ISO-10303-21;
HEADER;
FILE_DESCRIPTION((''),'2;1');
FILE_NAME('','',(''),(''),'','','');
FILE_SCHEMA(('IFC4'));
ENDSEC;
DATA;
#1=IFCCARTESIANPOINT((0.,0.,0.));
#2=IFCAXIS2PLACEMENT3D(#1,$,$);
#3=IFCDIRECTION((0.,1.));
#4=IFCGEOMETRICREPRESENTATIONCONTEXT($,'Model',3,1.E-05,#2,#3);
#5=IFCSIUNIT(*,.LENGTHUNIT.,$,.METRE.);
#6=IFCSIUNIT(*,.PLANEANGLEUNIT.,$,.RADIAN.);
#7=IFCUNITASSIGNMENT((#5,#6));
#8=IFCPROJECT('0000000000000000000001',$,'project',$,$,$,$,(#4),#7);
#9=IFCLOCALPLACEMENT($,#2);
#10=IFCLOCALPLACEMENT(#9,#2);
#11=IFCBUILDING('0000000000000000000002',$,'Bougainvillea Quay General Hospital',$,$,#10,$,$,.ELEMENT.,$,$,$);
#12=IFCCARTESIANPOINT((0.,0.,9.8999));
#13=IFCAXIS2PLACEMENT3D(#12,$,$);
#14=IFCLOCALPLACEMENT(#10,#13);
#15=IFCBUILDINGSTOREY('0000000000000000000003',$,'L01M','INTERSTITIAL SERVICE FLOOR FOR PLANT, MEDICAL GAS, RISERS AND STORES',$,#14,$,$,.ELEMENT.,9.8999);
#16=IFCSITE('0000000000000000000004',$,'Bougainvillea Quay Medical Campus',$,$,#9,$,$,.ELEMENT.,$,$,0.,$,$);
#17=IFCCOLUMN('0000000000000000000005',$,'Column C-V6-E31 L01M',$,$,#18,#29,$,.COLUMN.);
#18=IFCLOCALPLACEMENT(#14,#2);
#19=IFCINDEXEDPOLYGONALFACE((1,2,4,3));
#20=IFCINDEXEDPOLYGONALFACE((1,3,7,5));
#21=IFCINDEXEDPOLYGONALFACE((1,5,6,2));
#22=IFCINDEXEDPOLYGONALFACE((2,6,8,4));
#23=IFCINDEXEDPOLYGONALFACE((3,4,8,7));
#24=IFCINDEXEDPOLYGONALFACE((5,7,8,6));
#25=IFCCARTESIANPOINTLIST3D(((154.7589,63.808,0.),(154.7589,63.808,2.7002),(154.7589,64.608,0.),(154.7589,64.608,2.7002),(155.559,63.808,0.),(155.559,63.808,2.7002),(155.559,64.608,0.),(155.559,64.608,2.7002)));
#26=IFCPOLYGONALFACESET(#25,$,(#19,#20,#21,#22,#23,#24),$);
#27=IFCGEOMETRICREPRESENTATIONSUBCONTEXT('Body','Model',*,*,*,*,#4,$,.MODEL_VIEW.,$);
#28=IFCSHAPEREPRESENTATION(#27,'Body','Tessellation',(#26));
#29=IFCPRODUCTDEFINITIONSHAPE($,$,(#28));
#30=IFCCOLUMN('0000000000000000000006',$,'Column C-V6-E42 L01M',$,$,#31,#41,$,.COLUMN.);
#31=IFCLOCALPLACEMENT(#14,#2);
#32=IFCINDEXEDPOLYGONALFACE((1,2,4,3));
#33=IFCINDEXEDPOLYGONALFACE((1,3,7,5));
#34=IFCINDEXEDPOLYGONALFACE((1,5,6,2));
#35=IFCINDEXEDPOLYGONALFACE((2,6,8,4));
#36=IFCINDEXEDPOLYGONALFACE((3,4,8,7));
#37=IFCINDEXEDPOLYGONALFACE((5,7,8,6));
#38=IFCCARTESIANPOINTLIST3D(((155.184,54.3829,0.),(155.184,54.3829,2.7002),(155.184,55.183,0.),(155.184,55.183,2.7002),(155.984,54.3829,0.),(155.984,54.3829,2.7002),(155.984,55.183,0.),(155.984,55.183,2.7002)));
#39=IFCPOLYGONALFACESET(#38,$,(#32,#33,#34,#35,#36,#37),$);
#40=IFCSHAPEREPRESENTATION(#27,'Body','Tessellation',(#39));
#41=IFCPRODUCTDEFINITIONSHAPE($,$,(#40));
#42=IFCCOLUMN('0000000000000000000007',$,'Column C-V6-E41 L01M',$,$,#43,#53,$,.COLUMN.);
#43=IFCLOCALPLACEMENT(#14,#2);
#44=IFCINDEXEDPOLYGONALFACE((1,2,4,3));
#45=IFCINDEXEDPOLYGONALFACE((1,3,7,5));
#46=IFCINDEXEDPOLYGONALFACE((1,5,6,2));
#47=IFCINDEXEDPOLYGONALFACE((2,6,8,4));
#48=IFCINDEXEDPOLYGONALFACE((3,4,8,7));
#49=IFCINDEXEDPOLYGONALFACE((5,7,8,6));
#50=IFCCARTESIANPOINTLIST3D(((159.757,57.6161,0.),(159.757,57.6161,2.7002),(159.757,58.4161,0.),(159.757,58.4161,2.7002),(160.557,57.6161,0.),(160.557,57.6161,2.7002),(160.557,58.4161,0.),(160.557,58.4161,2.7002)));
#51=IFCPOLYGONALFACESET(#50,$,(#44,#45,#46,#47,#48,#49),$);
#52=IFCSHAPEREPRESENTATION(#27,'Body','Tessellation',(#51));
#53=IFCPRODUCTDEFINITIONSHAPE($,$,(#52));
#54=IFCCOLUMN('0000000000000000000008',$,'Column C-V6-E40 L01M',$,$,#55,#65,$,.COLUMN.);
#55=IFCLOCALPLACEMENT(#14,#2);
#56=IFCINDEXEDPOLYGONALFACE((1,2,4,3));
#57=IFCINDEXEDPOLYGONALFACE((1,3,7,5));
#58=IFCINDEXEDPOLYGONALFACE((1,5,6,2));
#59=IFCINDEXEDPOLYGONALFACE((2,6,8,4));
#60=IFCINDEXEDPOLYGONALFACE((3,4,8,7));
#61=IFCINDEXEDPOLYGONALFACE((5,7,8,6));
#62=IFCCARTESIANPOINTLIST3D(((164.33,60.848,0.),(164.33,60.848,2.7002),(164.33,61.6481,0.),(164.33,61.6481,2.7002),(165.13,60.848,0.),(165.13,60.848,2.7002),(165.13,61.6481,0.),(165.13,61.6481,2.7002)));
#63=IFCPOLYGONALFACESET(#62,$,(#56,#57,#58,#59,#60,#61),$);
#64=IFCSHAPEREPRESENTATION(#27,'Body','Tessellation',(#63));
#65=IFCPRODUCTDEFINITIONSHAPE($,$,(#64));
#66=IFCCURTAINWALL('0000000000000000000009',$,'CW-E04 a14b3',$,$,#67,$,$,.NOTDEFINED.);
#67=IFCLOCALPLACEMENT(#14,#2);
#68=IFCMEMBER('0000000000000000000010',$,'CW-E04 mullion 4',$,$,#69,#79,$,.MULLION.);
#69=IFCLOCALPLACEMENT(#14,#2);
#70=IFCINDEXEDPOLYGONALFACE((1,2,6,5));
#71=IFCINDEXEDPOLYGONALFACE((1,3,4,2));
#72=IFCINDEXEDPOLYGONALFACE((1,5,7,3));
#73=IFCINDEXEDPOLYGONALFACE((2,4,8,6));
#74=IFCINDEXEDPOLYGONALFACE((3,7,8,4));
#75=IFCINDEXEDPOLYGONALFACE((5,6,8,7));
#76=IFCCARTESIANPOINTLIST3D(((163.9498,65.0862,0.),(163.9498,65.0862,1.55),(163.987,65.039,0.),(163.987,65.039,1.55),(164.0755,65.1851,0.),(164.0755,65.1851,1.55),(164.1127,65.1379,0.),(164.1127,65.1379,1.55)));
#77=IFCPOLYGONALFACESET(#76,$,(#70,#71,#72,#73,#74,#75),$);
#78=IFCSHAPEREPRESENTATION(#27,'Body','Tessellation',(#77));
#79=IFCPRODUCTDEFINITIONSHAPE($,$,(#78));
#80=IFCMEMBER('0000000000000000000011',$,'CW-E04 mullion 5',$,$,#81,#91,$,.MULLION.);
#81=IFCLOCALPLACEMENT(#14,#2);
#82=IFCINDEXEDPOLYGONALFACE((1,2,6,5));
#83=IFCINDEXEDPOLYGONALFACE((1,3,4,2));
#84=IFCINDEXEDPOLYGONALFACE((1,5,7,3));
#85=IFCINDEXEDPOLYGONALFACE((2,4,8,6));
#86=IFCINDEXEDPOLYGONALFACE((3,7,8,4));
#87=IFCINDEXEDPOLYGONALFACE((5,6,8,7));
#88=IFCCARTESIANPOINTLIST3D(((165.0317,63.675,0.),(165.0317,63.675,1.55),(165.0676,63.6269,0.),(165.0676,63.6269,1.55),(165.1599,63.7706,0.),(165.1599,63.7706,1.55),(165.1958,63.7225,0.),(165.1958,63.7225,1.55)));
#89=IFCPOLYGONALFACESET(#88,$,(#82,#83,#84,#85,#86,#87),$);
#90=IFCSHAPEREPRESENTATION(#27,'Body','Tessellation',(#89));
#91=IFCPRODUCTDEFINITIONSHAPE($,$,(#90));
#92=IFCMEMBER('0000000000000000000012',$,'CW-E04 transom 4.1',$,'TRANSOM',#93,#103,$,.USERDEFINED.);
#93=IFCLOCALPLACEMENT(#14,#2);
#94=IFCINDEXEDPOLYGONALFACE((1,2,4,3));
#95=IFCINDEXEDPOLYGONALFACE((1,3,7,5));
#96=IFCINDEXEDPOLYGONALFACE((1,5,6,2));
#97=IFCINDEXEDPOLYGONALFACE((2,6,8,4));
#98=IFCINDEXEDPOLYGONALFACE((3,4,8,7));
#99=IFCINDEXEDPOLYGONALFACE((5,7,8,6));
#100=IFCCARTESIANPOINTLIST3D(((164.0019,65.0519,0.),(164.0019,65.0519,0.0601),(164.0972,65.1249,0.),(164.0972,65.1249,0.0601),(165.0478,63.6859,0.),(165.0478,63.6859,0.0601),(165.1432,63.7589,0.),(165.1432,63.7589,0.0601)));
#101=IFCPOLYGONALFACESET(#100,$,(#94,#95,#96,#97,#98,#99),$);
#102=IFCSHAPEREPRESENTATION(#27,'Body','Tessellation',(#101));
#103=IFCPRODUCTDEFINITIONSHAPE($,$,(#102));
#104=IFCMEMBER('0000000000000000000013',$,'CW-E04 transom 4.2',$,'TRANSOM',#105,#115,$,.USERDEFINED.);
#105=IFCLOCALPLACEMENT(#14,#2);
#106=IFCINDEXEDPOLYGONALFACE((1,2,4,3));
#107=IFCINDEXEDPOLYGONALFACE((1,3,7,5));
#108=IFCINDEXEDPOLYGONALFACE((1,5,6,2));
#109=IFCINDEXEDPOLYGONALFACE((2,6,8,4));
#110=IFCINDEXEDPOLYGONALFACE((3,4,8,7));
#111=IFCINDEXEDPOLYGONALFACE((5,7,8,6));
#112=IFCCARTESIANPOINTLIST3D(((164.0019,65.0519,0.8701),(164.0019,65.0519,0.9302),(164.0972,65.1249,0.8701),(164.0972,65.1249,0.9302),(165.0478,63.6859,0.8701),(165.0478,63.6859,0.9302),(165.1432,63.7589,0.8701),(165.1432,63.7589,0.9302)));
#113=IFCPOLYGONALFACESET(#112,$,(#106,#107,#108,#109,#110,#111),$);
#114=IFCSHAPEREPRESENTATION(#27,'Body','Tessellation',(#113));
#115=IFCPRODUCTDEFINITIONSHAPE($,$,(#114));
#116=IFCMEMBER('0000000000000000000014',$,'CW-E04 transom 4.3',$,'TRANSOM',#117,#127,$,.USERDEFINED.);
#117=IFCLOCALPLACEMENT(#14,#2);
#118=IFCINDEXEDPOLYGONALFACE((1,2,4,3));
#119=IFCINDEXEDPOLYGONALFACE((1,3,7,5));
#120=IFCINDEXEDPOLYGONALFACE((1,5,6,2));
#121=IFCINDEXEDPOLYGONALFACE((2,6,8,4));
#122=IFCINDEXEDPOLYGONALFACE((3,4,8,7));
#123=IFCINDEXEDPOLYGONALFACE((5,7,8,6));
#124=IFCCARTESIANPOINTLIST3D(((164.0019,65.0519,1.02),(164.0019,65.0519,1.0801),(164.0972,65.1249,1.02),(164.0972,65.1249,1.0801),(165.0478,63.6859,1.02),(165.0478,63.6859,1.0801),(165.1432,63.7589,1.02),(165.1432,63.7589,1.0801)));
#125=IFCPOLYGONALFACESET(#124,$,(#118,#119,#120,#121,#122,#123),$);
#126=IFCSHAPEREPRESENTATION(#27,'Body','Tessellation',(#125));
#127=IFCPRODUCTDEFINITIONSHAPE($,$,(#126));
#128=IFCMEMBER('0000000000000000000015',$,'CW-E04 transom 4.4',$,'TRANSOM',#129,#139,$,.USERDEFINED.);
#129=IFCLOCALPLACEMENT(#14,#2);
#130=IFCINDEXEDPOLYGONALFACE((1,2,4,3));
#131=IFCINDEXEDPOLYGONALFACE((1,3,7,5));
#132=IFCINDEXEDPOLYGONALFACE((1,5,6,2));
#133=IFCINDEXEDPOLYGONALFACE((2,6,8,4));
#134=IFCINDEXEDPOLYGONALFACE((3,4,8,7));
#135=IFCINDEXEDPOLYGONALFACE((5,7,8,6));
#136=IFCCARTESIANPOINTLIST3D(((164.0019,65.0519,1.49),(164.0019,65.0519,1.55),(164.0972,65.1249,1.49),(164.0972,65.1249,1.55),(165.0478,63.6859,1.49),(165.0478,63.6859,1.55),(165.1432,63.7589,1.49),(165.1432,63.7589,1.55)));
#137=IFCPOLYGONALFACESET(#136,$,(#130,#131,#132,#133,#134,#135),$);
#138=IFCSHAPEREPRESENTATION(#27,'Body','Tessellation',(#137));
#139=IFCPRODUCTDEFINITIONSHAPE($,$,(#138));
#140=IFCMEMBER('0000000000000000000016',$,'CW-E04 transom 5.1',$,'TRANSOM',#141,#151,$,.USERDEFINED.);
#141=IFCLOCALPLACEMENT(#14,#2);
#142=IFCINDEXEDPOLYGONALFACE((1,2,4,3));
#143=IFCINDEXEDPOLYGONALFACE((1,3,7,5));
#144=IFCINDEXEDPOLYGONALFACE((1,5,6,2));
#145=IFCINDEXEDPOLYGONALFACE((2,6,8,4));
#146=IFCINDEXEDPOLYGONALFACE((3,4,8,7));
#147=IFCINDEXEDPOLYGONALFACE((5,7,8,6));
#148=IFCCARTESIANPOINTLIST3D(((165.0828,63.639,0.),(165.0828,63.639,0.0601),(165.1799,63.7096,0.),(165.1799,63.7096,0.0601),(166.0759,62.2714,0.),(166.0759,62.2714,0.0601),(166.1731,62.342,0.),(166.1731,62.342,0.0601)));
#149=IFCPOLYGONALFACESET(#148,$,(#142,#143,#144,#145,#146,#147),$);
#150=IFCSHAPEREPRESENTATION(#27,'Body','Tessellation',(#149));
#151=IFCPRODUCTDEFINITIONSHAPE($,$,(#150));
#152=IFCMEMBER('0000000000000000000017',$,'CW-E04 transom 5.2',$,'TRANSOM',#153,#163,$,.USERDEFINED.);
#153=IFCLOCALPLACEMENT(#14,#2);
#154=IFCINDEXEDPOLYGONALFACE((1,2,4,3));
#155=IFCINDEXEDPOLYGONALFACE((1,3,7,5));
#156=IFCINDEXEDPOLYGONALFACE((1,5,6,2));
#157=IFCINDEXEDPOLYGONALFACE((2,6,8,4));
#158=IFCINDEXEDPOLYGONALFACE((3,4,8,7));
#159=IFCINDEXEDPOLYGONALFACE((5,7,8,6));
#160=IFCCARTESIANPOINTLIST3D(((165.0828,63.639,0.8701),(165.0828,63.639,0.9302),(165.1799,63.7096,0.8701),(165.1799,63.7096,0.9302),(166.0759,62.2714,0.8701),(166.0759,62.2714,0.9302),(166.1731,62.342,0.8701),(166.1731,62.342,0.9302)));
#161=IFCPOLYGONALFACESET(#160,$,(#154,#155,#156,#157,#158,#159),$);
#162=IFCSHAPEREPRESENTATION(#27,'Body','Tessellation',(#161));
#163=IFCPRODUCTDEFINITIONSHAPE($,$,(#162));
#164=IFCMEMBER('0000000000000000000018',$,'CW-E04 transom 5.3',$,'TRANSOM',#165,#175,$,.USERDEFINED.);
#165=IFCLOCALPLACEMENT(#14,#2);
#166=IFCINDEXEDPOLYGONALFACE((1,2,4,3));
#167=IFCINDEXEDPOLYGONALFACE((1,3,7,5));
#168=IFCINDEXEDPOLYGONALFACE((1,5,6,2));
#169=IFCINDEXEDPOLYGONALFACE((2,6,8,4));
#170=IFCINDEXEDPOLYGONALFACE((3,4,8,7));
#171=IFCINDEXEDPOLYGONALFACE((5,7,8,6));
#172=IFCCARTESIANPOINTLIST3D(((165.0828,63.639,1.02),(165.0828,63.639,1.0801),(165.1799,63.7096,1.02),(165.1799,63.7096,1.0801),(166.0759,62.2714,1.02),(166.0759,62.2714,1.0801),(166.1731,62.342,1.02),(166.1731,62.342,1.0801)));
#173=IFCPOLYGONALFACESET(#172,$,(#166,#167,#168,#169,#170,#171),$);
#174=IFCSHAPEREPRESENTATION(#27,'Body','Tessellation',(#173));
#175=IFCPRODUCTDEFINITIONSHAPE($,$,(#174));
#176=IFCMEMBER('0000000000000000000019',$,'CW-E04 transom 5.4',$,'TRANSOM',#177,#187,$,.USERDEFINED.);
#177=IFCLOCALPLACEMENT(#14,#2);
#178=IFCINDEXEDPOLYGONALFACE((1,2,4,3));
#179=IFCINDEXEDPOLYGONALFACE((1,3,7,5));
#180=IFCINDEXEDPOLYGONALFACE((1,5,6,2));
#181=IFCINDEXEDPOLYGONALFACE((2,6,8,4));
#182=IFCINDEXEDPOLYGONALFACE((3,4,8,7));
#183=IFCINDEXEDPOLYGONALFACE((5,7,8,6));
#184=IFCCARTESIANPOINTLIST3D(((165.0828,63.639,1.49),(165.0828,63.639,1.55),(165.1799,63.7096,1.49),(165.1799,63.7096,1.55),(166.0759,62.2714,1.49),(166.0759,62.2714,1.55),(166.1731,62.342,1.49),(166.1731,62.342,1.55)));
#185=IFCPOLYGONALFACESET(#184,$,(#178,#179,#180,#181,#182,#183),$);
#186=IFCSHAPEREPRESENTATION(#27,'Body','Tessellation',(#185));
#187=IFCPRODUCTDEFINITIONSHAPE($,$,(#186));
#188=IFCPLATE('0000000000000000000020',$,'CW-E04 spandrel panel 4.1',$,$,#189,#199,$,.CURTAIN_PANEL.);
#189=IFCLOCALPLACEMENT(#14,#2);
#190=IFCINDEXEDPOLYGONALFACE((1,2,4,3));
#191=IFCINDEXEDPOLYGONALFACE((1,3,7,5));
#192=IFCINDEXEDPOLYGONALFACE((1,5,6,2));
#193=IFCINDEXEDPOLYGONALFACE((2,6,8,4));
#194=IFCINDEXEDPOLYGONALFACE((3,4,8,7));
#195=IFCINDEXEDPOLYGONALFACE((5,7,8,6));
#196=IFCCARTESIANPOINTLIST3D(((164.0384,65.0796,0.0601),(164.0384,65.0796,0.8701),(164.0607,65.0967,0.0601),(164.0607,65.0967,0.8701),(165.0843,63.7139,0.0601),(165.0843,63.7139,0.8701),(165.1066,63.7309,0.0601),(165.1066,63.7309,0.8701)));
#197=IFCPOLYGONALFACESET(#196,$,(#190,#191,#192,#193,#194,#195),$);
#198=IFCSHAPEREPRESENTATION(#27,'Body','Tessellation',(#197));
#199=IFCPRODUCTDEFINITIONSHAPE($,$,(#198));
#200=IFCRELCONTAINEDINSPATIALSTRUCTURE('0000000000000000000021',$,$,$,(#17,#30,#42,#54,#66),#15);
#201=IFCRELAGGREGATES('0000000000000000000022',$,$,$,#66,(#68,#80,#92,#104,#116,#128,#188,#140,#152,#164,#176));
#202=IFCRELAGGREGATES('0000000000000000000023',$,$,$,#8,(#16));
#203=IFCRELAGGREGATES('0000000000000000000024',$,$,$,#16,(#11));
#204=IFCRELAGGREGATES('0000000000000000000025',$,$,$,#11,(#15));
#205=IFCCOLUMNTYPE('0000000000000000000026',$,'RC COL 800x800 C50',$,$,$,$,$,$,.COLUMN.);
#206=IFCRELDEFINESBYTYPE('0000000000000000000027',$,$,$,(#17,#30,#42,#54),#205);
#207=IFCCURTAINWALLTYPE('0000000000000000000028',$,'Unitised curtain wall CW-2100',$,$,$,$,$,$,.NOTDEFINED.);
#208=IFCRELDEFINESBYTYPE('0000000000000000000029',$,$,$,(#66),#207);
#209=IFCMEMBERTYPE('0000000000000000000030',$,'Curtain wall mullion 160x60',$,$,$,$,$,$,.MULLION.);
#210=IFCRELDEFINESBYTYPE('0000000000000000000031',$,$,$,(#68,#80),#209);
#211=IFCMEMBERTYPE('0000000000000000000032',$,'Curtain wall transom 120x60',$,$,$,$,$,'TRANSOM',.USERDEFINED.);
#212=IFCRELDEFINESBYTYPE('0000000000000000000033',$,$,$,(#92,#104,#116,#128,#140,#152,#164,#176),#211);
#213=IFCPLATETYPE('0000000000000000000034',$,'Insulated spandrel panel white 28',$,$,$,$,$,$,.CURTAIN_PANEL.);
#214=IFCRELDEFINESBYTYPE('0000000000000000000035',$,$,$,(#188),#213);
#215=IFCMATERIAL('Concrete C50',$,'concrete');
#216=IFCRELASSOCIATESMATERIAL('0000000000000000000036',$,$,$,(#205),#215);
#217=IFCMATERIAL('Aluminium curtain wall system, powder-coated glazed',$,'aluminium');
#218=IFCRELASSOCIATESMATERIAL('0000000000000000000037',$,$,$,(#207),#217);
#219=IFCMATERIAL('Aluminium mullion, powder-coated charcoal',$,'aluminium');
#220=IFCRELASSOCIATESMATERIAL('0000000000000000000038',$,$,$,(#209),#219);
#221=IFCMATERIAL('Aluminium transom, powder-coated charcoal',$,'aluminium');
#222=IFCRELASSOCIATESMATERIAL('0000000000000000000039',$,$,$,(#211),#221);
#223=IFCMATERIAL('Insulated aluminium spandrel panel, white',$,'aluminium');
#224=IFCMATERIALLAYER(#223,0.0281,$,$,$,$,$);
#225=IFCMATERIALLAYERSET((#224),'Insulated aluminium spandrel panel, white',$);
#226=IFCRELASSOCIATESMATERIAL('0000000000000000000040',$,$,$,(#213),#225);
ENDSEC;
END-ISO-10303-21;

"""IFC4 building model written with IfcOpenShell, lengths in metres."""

from ifc_helpers import new_model, si_unit, direction, frame, origin, origin_2d, place, context, subcontext, project, spatial, rectangle, extrude, material, layer, layer_set, material_profile, profile_set, type_object, element, aggregate, save


model = new_model("IFC4")

# Units and contexts
model_context = context("Model", 3, precision=1e-05, world=origin(), true_north=direction((0.0, 1.0)))
body_context = subcontext(model_context, "Body", "Model", "MODEL_VIEW")
ifc_project = project(units=[si_unit("LENGTHUNIT", "METRE"), si_unit("PLANEANGLEUNIT", "RADIAN")], contexts=[model_context])

# Site, building, storey
site_placement = place(None, origin())
site = spatial("IfcSite", under=ifc_project, at=site_placement, Name="Bougainvillea Quay Medical Campus", CompositionType="ELEMENT", RefElevation=0.0)
building_placement = place(site_placement, origin())
building = spatial("IfcBuilding", under=site, at=building_placement, Name="Bougainvillea Quay General Hospital", CompositionType="ELEMENT")
storey_placement = place(building_placement, frame((0.0, 0.0, 9.8999)))
storey = spatial("IfcBuildingStorey", under=building, at=storey_placement, Name="L01M", Description="INTERSTITIAL SERVICE FLOOR FOR PLANT, MEDICAL GAS, RISERS AND STORES", CompositionType="ELEMENT", Elevation=9.8999)

# Columns
ifc_material_1 = material(Name="Concrete C50", Category="concrete")
ifc_material_profile_1 = material_profile(ifc_material_1, rectangle(XDim=0.8, YDim=0.8, at=origin_2d()))
ifc_profile_set_1 = profile_set([ifc_material_profile_1], Name="Concrete C50")
column_type = type_object("IfcColumnType", Name="RC COL 800x800 C50", PredefinedType="COLUMN", material=ifc_profile_set_1)
for number, where, z_axis, x_axis, name in (
    (1, (155.1589, 64.208, 0.0), (0.0, 0.0, 1.0), (1.0, 0.0, 0.0), "Column C-V6-E31 L01M"),
    (2, (155.584, 54.783, 0.0), (0.0, 0.0, 1.0), (1.0, 0.0, 0.0), "Column C-V6-E42 L01M"),
    (3, (160.157, 58.0161, 0.0), (0.0, 0.0, 1.0), (1.0, 0.0, 0.0), "Column C-V6-E41 L01M"),
    (4, (164.73, 61.248, 0.0), (0.0, 0.0, 1.0), (1.0, 0.0, 0.0), "Column C-V6-E40 L01M"),
):
    element("IfcColumn", number, at=place(storey_placement, frame(where, z_axis=z_axis, x_axis=x_axis)), inside=storey, type_object=column_type, Name=name, PredefinedType="COLUMN", context=body_context, shape_type="SweptSolid", body=[
        extrude(rectangle(XDim=0.8, YDim=0.8, at=origin_2d()), origin(), (0.0, 0.0, 1.0), 2.7002),
    ])

# Curtain wall, members, plate
ifc_material_2 = material(Name="Aluminium curtain wall system, powder-coated glazed", Category="aluminium")
curtain_wall_type = type_object("IfcCurtainWallType", Name="Unitised curtain wall CW-2100", PredefinedType="NOTDEFINED", material=ifc_material_2)
curtain_wall_placement = place(storey_placement, origin())
curtain_wall = element("IfcCurtainWall", 5, at=curtain_wall_placement, inside=storey, type_object=curtain_wall_type, Name="CW-E04 a14b3", PredefinedType="NOTDEFINED")
ifc_material_3 = material(Name="Aluminium mullion, powder-coated charcoal", Category="aluminium")
ifc_material_profile_2 = material_profile(ifc_material_3, rectangle(XDim=0.1599, YDim=0.0601, at=origin_2d()))
ifc_profile_set_2 = profile_set([ifc_material_profile_2], Name="Aluminium mullion, powder-coated charcoal")
member_type_1 = type_object("IfcMemberType", Name="Curtain wall mullion 160x60", PredefinedType="MULLION", material=ifc_profile_set_2)
member_1_placement = place(storey_placement, frame((164.0312, 65.1121, 0.0), z_axis=(0.0, 0.0, 1.0), x_axis=(0.786107, 0.61809, 0.0)))
member_1 = element("IfcMember", 6, at=member_1_placement, type_object=member_type_1, Name="CW-E04 mullion 4", PredefinedType="MULLION", context=body_context, shape_type="SweptSolid", body=[
    extrude(rectangle(XDim=0.1599, YDim=0.0601, at=origin_2d()), origin(), (0.0, 0.0, 1.0), 1.55),
])
member_2_placement = place(storey_placement, frame((165.1138, 63.6987, 0.0), z_axis=(0.0, 0.0, 1.0), x_axis=(0.801625, 0.597827, 0.0)))
member_2 = element("IfcMember", 7, at=member_2_placement, type_object=member_type_1, Name="CW-E04 mullion 5", PredefinedType="MULLION", context=body_context, shape_type="SweptSolid", body=[
    extrude(rectangle(XDim=0.1599, YDim=0.0601, at=origin_2d()), origin(), (0.0, 0.0, 1.0), 1.55),
])
ifc_material_4 = material(Name="Aluminium transom, powder-coated charcoal", Category="aluminium")
ifc_material_profile_3 = material_profile(ifc_material_4, rectangle(XDim=0.1201, YDim=0.0601, at=origin_2d()))
ifc_profile_set_3 = profile_set([ifc_material_profile_3], Name="Aluminium transom, powder-coated charcoal")
member_type_2 = type_object("IfcMemberType", Name="Curtain wall transom 120x60", ElementType="TRANSOM", PredefinedType="USERDEFINED", material=ifc_profile_set_3)
member_3_placement = place(storey_placement, frame((164.0496, 65.0884, 0.03), z_axis=(0.60794, -0.793983, 0.0), x_axis=(0.793983, 0.60794, 0.0)))
member_3 = element("IfcMember", 8, at=member_3_placement, type_object=member_type_2, Name="CW-E04 transom 4.1", ObjectType="TRANSOM", PredefinedType="USERDEFINED", context=body_context, shape_type="SweptSolid", body=[
    extrude(rectangle(XDim=0.1201, YDim=0.0601, at=origin_2d()), origin(), (0.0, 0.0, 1.0), 1.7205),
])
member_4_placement = place(storey_placement, frame((164.0496, 65.0884, 0.9001), z_axis=(0.60794, -0.793983, 0.0), x_axis=(0.793983, 0.60794, 0.0)))
member_4 = element("IfcMember", 9, at=member_4_placement, type_object=member_type_2, Name="CW-E04 transom 4.2", ObjectType="TRANSOM", PredefinedType="USERDEFINED", context=body_context, shape_type="SweptSolid", body=[
    extrude(rectangle(XDim=0.1201, YDim=0.0601, at=origin_2d()), origin(), (0.0, 0.0, 1.0), 1.7205),
])
member_5_placement = place(storey_placement, frame((164.0496, 65.0884, 1.05), z_axis=(0.60794, -0.793983, 0.0), x_axis=(0.793983, 0.60794, 0.0)))
member_5 = element("IfcMember", 10, at=member_5_placement, type_object=member_type_2, Name="CW-E04 transom 4.3", ObjectType="TRANSOM", PredefinedType="USERDEFINED", context=body_context, shape_type="SweptSolid", body=[
    extrude(rectangle(XDim=0.1201, YDim=0.0601, at=origin_2d()), origin(), (0.0, 0.0, 1.0), 1.7205),
])
member_6_placement = place(storey_placement, frame((164.0496, 65.0884, 1.52), z_axis=(0.60794, -0.793983, 0.0), x_axis=(0.793983, 0.60794, 0.0)))
member_6 = element("IfcMember", 11, at=member_6_placement, type_object=member_type_2, Name="CW-E04 transom 4.4", ObjectType="TRANSOM", PredefinedType="USERDEFINED", context=body_context, shape_type="SweptSolid", body=[
    extrude(rectangle(XDim=0.1201, YDim=0.0601, at=origin_2d()), origin(), (0.0, 0.0, 1.0), 1.7205),
])
member_7_placement = place(storey_placement, frame((165.1313, 63.6743, 0.03), z_axis=(0.587588, -0.809161, 0.0), x_axis=(0.809161, 0.587588, 0.0)))
member_7 = element("IfcMember", 12, at=member_7_placement, type_object=member_type_2, Name="CW-E04 transom 5.1", ObjectType="TRANSOM", PredefinedType="USERDEFINED", context=body_context, shape_type="SweptSolid", body=[
    extrude(rectangle(XDim=0.1201, YDim=0.0601, at=origin_2d()), origin(), (0.0, 0.0, 1.0), 1.6902),
])
member_8_placement = place(storey_placement, frame((165.1313, 63.6743, 0.9001), z_axis=(0.587588, -0.809161, 0.0), x_axis=(0.809161, 0.587588, 0.0)))
member_8 = element("IfcMember", 13, at=member_8_placement, type_object=member_type_2, Name="CW-E04 transom 5.2", ObjectType="TRANSOM", PredefinedType="USERDEFINED", context=body_context, shape_type="SweptSolid", body=[
    extrude(rectangle(XDim=0.1201, YDim=0.0601, at=origin_2d()), origin(), (0.0, 0.0, 1.0), 1.6902),
])
member_9_placement = place(storey_placement, frame((165.1313, 63.6743, 1.05), z_axis=(0.587588, -0.809161, 0.0), x_axis=(0.809161, 0.587588, 0.0)))
member_9 = element("IfcMember", 14, at=member_9_placement, type_object=member_type_2, Name="CW-E04 transom 5.3", ObjectType="TRANSOM", PredefinedType="USERDEFINED", context=body_context, shape_type="SweptSolid", body=[
    extrude(rectangle(XDim=0.1201, YDim=0.0601, at=origin_2d()), origin(), (0.0, 0.0, 1.0), 1.6902),
])
member_10_placement = place(storey_placement, frame((165.1313, 63.6743, 1.52), z_axis=(0.587588, -0.809161, 0.0), x_axis=(0.809161, 0.587588, 0.0)))
member_10 = element("IfcMember", 15, at=member_10_placement, type_object=member_type_2, Name="CW-E04 transom 5.4", ObjectType="TRANSOM", PredefinedType="USERDEFINED", context=body_context, shape_type="SweptSolid", body=[
    extrude(rectangle(XDim=0.1201, YDim=0.0601, at=origin_2d()), origin(), (0.0, 0.0, 1.0), 1.6902),
])
ifc_material_5 = material(Name="Insulated aluminium spandrel panel, white", Category="aluminium")
ifc_layer_1 = layer(ifc_material_5, 0.0281)
ifc_layer_set_1 = layer_set([ifc_layer_1], Name="Insulated aluminium spandrel panel, white")
plate_type_1 = type_object("IfcPlateType", Name="Insulated spandrel panel white 28", PredefinedType="CURTAIN_PANEL", material=ifc_layer_set_1)
plate_1_placement = place(storey_placement, frame((164.5725, 64.4053, 0.0601), z_axis=(0.0, 0.0, 1.0), x_axis=(0.608008, -0.793931, 0.0)))
plate_1 = element("IfcPlate", 16, at=plate_1_placement, type_object=plate_type_1, Name="CW-E04 spandrel panel 4.1", PredefinedType="CURTAIN_PANEL", context=body_context, shape_type="SweptSolid", body=[
    extrude(rectangle(XDim=1.7202, YDim=0.0281, at=origin_2d()), origin(), (0.0, 0.0, 1.0), 0.8101),
])
aggregate(curtain_wall, [member_1, member_2, member_3, member_4, member_5, member_6, plate_1, member_7, member_8, member_9, member_10])

save(model, "model.ifc")
